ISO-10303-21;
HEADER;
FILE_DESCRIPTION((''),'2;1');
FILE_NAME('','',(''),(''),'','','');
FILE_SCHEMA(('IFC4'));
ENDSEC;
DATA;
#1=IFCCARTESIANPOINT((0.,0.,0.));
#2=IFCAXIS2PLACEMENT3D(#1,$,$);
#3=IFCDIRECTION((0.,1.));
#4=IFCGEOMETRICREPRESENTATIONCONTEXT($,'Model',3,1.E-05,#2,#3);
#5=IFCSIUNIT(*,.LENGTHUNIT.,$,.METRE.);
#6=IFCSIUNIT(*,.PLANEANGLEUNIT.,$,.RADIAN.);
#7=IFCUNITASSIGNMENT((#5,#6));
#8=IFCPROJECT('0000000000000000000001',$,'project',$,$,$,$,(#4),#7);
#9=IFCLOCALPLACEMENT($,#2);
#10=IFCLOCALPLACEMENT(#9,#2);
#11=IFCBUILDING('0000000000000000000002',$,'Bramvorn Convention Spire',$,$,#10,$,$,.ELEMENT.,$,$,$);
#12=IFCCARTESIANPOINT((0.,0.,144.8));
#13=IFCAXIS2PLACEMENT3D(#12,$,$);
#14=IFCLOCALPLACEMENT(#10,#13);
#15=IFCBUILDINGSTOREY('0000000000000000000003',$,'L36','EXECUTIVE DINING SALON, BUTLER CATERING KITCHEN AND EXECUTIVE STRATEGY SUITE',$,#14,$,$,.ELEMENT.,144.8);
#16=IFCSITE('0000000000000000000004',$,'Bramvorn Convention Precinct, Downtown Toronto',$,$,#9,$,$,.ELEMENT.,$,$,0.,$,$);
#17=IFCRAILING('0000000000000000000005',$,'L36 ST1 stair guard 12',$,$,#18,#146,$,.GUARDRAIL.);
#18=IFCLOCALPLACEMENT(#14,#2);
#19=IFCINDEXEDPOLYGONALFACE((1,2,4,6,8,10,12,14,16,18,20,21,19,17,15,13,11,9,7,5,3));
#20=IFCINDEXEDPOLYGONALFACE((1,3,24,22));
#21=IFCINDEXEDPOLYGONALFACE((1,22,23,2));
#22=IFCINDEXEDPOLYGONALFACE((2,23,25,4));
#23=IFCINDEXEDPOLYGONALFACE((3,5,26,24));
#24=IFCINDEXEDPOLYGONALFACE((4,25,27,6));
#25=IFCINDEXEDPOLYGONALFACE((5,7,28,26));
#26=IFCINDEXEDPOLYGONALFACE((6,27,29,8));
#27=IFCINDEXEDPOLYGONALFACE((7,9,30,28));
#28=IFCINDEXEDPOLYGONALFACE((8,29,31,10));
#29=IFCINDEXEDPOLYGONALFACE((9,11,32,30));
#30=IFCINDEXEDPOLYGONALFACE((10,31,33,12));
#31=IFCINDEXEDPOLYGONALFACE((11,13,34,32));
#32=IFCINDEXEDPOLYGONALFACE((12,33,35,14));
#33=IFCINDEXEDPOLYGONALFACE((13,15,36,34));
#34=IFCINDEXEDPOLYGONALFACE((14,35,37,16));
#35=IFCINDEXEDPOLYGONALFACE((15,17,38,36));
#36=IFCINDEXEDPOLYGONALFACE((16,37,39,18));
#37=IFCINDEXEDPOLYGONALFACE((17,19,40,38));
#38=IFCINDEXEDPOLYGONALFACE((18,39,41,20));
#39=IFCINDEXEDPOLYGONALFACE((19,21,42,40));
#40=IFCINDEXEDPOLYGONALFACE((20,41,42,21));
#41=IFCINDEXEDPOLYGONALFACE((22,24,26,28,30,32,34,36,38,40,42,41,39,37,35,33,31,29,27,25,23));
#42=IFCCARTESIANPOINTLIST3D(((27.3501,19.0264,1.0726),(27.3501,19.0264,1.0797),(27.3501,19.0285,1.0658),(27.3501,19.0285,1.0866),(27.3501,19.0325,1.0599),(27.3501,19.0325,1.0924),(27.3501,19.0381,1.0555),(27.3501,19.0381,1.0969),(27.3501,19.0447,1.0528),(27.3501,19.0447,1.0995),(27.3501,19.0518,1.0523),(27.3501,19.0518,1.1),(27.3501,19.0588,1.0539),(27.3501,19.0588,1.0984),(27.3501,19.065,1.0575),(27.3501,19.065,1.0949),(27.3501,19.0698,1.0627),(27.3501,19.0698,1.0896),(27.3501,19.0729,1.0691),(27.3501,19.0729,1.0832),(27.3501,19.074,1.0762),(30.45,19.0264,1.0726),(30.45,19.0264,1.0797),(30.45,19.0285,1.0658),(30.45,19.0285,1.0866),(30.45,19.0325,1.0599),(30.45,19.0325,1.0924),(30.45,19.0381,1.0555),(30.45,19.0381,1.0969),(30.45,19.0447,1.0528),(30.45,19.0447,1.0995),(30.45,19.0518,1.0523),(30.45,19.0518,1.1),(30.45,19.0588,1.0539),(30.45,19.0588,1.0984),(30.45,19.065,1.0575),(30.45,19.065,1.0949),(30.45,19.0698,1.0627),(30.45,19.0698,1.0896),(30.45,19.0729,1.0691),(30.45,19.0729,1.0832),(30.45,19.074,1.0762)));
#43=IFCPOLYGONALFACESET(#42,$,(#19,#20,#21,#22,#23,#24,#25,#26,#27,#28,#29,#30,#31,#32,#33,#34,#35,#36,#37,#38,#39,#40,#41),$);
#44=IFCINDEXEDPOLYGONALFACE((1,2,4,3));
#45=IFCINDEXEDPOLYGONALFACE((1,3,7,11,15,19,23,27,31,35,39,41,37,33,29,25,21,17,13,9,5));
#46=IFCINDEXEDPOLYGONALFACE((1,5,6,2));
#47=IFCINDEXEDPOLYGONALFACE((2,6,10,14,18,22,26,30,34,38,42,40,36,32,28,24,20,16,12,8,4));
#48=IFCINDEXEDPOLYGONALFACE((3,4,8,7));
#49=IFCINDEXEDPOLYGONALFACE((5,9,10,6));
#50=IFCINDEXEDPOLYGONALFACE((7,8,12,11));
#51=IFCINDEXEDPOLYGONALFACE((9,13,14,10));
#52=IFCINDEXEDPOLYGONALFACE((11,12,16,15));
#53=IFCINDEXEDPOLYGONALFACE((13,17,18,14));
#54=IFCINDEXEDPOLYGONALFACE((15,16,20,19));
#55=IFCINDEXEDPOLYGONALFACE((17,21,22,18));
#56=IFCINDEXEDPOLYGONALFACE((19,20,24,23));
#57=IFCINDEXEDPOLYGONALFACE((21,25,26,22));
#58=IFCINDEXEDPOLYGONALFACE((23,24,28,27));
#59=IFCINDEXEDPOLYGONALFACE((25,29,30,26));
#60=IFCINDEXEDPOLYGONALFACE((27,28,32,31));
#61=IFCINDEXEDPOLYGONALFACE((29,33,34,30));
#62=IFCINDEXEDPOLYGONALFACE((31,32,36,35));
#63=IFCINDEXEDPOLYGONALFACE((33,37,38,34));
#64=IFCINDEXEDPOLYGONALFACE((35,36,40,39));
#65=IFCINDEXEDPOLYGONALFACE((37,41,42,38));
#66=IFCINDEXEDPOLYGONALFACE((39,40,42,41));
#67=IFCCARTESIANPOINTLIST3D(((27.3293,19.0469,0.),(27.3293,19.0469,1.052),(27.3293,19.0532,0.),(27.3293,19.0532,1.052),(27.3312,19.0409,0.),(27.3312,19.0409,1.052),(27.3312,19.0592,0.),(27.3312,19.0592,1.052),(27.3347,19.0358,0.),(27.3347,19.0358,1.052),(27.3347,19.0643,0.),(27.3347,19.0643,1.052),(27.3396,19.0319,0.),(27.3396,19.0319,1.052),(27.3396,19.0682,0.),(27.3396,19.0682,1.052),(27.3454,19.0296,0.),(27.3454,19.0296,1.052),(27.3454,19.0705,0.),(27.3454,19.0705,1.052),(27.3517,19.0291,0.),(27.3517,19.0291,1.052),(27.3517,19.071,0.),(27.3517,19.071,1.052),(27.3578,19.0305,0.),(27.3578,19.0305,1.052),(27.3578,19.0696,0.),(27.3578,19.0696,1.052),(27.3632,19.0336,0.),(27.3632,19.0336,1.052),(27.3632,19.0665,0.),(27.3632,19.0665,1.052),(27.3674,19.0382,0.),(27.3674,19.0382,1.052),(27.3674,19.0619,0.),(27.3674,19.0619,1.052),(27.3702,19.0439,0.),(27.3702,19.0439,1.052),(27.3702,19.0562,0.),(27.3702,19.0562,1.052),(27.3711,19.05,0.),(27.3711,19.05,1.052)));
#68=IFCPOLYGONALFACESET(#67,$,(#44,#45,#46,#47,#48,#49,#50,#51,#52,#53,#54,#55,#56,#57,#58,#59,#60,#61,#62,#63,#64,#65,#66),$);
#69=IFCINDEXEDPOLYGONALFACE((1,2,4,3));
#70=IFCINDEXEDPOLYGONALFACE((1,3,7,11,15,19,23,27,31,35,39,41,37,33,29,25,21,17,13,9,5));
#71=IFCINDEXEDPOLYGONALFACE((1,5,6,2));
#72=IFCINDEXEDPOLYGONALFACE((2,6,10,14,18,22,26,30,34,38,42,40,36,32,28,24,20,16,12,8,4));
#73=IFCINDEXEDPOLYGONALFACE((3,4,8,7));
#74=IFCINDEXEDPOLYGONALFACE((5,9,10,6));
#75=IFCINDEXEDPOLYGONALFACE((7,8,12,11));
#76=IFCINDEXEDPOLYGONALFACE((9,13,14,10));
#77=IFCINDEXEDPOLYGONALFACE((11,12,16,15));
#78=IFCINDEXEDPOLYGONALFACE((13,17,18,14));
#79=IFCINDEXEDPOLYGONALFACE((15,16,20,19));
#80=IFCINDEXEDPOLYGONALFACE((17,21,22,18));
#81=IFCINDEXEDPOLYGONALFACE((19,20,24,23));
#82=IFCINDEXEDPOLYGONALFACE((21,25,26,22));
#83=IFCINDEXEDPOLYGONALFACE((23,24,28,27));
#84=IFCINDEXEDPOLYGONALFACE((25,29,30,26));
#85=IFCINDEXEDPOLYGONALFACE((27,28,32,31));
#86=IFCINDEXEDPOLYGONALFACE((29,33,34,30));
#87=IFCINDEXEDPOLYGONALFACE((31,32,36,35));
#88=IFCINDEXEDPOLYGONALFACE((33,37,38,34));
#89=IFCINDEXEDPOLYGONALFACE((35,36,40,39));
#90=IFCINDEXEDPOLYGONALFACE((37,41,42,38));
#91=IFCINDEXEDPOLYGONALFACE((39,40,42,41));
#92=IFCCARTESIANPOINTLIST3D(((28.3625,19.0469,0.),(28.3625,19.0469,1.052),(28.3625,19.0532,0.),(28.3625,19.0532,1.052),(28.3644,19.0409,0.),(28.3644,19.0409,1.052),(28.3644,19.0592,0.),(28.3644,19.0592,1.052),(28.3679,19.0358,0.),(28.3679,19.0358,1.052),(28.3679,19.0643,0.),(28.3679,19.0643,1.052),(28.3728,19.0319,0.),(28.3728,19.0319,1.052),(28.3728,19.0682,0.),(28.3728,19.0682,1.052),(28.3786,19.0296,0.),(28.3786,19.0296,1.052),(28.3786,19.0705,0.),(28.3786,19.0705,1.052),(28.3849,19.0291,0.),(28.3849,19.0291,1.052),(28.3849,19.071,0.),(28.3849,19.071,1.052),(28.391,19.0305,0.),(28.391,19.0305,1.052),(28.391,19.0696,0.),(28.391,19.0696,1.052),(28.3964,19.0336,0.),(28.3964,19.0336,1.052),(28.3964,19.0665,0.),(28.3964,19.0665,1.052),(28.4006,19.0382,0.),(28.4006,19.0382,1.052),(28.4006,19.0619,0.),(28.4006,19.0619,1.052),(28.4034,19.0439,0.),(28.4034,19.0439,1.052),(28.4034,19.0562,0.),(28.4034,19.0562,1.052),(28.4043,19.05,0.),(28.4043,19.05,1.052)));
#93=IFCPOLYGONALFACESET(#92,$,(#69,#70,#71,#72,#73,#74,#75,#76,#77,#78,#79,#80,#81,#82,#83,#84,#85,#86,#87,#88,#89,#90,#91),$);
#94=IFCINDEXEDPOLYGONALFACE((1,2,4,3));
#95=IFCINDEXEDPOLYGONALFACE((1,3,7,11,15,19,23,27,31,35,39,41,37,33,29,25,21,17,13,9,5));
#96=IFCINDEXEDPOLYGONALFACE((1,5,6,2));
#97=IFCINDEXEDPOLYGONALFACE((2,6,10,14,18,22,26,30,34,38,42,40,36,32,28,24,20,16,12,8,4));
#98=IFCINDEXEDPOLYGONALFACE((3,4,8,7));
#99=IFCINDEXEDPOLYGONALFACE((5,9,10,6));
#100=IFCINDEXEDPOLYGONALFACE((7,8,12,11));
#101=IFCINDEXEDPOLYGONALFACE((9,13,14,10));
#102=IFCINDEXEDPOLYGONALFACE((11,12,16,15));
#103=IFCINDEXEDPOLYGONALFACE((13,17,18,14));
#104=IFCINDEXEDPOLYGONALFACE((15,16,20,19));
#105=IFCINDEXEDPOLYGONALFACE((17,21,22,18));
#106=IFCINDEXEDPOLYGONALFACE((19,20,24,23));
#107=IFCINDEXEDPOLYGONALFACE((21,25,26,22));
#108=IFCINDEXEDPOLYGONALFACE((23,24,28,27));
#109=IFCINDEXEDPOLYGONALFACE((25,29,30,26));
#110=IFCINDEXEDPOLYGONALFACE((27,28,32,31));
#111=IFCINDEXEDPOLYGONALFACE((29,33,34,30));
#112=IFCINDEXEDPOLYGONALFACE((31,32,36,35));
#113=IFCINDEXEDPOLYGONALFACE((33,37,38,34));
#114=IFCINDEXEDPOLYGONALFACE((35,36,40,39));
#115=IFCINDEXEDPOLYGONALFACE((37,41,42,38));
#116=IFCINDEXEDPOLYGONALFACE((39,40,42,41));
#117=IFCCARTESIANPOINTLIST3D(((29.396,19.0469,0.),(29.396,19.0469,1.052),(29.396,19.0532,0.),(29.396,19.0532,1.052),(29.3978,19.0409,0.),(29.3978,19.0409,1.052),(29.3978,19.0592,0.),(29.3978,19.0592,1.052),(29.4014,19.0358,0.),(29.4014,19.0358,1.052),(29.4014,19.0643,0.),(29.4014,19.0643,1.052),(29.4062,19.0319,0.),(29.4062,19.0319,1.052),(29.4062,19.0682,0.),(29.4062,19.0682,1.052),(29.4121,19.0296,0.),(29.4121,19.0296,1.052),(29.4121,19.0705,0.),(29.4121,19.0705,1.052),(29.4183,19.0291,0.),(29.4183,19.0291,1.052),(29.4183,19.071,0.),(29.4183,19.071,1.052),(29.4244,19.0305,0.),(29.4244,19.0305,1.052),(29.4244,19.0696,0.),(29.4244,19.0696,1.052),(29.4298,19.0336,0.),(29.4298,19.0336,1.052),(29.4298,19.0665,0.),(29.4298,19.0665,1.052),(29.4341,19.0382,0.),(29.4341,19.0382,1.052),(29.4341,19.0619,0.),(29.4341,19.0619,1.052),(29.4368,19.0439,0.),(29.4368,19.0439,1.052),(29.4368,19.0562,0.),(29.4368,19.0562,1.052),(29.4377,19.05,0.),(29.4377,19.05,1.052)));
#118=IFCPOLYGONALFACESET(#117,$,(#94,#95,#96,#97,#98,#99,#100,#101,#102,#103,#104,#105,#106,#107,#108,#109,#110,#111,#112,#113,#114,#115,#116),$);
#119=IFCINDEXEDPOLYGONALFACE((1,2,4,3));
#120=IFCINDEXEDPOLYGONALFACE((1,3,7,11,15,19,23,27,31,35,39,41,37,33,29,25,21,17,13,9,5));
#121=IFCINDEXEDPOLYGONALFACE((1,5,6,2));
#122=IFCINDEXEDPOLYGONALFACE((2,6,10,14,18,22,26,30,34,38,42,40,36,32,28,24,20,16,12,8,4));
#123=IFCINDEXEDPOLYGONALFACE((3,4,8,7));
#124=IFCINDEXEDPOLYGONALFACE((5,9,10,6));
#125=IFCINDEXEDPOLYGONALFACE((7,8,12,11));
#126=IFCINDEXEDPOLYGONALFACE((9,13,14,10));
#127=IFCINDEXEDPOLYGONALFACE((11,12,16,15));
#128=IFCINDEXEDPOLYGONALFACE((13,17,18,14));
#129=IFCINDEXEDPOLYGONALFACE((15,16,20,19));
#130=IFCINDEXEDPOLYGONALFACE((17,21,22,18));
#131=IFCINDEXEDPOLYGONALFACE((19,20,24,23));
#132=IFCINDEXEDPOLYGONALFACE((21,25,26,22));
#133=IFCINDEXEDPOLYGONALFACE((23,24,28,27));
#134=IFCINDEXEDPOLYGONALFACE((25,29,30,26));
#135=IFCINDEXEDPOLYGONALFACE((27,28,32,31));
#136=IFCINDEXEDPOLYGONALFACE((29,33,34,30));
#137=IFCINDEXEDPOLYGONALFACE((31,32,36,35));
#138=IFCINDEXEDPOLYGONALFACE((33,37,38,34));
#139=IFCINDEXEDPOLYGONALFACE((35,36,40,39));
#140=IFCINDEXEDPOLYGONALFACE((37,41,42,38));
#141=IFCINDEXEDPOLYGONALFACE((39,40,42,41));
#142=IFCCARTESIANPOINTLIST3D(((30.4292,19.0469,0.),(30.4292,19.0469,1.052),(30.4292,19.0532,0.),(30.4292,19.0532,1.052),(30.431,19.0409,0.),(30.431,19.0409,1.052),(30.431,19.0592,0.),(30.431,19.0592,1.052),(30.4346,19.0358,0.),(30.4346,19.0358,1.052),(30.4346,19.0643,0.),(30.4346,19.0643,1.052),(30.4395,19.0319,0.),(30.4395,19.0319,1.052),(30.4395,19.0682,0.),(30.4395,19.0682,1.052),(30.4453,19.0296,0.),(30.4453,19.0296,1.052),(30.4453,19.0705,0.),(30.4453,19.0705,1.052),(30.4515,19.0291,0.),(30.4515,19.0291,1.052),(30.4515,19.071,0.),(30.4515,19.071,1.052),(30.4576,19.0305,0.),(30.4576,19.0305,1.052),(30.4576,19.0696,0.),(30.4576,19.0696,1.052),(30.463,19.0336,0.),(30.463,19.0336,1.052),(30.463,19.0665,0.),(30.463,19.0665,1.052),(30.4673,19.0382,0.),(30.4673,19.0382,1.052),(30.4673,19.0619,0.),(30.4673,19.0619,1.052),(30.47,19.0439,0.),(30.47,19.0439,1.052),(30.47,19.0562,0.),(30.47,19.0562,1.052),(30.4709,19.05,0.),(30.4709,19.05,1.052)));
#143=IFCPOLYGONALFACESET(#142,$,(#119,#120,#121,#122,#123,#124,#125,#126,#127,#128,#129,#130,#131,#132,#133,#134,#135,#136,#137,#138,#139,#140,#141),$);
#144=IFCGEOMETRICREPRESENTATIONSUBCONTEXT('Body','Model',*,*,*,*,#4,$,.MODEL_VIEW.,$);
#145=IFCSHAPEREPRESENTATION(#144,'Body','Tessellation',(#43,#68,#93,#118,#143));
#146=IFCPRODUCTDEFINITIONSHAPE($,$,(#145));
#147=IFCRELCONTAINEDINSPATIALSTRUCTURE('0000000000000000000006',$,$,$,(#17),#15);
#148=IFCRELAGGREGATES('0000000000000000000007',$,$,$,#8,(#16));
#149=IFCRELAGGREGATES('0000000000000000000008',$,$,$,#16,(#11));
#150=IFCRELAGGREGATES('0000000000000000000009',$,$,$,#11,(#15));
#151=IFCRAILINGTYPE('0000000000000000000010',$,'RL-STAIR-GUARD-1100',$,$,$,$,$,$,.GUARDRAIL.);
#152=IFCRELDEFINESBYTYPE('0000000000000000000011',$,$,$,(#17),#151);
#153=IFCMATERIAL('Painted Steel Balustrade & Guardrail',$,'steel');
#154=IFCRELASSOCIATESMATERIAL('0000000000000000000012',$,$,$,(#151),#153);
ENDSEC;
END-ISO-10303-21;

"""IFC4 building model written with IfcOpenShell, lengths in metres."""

from ifc_helpers import new_model, si_unit, direction, frame, origin, origin_2d, place, context, subcontext, project, spatial, circle, extrude, material, type_object, element, save


model = new_model("IFC4")

# Units and contexts
model_context = context("Model", 3, precision=1e-05, world=origin(), true_north=direction((0.0, 1.0)))
body_context = subcontext(model_context, "Body", "Model", "MODEL_VIEW")
ifc_project = project(units=[si_unit("LENGTHUNIT", "METRE"), si_unit("PLANEANGLEUNIT", "RADIAN")], contexts=[model_context])

# Site, building, storey
site_placement = place(None, origin())
site = spatial("IfcSite", under=ifc_project, at=site_placement, Name="Bramvorn Convention Precinct, Downtown Toronto", CompositionType="ELEMENT", RefElevation=0.0)
building_placement = place(site_placement, origin())
building = spatial("IfcBuilding", under=site, at=building_placement, Name="Bramvorn Convention Spire", CompositionType="ELEMENT")
storey_placement = place(building_placement, frame((0.0, 0.0, 144.8)))
storey = spatial("IfcBuildingStorey", under=building, at=storey_placement, Name="L36", Description="EXECUTIVE DINING SALON, BUTLER CATERING KITCHEN AND EXECUTIVE STRATEGY SUITE", CompositionType="ELEMENT", Elevation=144.8)

# Railing
ifc_material_1 = material(Name="Painted Steel Balustrade & Guardrail", Category="steel")
railing_type = type_object("IfcRailingType", Name="RL-STAIR-GUARD-1100", PredefinedType="GUARDRAIL", material=ifc_material_1)
railing_1_placement = place(storey_placement, frame((27.3501, 19.05, 0.0)))
element("IfcRailing", 1, at=railing_1_placement, inside=storey, type_object=railing_type, Name="L36 ST1 stair guard 12", PredefinedType="GUARDRAIL", context=body_context, shape_type="SweptSolid", body=[
    extrude(circle(Radius=0.0239, at=origin_2d()), frame((0.0, 0.0, 1.0762), z_axis=(1.0, 0.0, 0.0), x_axis=(0.0, 1.0, 0.0)), (0.0, 0.0, 1.0), 3.0999),
    extrude(circle(Radius=0.021, at=origin_2d()), origin(), (0.0, 0.0, 1.0), 1.052),
    extrude(circle(Radius=0.021, at=origin_2d()), frame((1.0332, 0.0, 0.0)), (0.0, 0.0, 1.0), 1.052),
    extrude(circle(Radius=0.021, at=origin_2d()), frame((2.0667, 0.0, 0.0)), (0.0, 0.0, 1.0), 1.052),
    extrude(circle(Radius=0.021, at=origin_2d()), frame((3.0999, 0.0, 0.0)), (0.0, 0.0, 1.0), 1.052),
])

save(model, "model.ifc")
